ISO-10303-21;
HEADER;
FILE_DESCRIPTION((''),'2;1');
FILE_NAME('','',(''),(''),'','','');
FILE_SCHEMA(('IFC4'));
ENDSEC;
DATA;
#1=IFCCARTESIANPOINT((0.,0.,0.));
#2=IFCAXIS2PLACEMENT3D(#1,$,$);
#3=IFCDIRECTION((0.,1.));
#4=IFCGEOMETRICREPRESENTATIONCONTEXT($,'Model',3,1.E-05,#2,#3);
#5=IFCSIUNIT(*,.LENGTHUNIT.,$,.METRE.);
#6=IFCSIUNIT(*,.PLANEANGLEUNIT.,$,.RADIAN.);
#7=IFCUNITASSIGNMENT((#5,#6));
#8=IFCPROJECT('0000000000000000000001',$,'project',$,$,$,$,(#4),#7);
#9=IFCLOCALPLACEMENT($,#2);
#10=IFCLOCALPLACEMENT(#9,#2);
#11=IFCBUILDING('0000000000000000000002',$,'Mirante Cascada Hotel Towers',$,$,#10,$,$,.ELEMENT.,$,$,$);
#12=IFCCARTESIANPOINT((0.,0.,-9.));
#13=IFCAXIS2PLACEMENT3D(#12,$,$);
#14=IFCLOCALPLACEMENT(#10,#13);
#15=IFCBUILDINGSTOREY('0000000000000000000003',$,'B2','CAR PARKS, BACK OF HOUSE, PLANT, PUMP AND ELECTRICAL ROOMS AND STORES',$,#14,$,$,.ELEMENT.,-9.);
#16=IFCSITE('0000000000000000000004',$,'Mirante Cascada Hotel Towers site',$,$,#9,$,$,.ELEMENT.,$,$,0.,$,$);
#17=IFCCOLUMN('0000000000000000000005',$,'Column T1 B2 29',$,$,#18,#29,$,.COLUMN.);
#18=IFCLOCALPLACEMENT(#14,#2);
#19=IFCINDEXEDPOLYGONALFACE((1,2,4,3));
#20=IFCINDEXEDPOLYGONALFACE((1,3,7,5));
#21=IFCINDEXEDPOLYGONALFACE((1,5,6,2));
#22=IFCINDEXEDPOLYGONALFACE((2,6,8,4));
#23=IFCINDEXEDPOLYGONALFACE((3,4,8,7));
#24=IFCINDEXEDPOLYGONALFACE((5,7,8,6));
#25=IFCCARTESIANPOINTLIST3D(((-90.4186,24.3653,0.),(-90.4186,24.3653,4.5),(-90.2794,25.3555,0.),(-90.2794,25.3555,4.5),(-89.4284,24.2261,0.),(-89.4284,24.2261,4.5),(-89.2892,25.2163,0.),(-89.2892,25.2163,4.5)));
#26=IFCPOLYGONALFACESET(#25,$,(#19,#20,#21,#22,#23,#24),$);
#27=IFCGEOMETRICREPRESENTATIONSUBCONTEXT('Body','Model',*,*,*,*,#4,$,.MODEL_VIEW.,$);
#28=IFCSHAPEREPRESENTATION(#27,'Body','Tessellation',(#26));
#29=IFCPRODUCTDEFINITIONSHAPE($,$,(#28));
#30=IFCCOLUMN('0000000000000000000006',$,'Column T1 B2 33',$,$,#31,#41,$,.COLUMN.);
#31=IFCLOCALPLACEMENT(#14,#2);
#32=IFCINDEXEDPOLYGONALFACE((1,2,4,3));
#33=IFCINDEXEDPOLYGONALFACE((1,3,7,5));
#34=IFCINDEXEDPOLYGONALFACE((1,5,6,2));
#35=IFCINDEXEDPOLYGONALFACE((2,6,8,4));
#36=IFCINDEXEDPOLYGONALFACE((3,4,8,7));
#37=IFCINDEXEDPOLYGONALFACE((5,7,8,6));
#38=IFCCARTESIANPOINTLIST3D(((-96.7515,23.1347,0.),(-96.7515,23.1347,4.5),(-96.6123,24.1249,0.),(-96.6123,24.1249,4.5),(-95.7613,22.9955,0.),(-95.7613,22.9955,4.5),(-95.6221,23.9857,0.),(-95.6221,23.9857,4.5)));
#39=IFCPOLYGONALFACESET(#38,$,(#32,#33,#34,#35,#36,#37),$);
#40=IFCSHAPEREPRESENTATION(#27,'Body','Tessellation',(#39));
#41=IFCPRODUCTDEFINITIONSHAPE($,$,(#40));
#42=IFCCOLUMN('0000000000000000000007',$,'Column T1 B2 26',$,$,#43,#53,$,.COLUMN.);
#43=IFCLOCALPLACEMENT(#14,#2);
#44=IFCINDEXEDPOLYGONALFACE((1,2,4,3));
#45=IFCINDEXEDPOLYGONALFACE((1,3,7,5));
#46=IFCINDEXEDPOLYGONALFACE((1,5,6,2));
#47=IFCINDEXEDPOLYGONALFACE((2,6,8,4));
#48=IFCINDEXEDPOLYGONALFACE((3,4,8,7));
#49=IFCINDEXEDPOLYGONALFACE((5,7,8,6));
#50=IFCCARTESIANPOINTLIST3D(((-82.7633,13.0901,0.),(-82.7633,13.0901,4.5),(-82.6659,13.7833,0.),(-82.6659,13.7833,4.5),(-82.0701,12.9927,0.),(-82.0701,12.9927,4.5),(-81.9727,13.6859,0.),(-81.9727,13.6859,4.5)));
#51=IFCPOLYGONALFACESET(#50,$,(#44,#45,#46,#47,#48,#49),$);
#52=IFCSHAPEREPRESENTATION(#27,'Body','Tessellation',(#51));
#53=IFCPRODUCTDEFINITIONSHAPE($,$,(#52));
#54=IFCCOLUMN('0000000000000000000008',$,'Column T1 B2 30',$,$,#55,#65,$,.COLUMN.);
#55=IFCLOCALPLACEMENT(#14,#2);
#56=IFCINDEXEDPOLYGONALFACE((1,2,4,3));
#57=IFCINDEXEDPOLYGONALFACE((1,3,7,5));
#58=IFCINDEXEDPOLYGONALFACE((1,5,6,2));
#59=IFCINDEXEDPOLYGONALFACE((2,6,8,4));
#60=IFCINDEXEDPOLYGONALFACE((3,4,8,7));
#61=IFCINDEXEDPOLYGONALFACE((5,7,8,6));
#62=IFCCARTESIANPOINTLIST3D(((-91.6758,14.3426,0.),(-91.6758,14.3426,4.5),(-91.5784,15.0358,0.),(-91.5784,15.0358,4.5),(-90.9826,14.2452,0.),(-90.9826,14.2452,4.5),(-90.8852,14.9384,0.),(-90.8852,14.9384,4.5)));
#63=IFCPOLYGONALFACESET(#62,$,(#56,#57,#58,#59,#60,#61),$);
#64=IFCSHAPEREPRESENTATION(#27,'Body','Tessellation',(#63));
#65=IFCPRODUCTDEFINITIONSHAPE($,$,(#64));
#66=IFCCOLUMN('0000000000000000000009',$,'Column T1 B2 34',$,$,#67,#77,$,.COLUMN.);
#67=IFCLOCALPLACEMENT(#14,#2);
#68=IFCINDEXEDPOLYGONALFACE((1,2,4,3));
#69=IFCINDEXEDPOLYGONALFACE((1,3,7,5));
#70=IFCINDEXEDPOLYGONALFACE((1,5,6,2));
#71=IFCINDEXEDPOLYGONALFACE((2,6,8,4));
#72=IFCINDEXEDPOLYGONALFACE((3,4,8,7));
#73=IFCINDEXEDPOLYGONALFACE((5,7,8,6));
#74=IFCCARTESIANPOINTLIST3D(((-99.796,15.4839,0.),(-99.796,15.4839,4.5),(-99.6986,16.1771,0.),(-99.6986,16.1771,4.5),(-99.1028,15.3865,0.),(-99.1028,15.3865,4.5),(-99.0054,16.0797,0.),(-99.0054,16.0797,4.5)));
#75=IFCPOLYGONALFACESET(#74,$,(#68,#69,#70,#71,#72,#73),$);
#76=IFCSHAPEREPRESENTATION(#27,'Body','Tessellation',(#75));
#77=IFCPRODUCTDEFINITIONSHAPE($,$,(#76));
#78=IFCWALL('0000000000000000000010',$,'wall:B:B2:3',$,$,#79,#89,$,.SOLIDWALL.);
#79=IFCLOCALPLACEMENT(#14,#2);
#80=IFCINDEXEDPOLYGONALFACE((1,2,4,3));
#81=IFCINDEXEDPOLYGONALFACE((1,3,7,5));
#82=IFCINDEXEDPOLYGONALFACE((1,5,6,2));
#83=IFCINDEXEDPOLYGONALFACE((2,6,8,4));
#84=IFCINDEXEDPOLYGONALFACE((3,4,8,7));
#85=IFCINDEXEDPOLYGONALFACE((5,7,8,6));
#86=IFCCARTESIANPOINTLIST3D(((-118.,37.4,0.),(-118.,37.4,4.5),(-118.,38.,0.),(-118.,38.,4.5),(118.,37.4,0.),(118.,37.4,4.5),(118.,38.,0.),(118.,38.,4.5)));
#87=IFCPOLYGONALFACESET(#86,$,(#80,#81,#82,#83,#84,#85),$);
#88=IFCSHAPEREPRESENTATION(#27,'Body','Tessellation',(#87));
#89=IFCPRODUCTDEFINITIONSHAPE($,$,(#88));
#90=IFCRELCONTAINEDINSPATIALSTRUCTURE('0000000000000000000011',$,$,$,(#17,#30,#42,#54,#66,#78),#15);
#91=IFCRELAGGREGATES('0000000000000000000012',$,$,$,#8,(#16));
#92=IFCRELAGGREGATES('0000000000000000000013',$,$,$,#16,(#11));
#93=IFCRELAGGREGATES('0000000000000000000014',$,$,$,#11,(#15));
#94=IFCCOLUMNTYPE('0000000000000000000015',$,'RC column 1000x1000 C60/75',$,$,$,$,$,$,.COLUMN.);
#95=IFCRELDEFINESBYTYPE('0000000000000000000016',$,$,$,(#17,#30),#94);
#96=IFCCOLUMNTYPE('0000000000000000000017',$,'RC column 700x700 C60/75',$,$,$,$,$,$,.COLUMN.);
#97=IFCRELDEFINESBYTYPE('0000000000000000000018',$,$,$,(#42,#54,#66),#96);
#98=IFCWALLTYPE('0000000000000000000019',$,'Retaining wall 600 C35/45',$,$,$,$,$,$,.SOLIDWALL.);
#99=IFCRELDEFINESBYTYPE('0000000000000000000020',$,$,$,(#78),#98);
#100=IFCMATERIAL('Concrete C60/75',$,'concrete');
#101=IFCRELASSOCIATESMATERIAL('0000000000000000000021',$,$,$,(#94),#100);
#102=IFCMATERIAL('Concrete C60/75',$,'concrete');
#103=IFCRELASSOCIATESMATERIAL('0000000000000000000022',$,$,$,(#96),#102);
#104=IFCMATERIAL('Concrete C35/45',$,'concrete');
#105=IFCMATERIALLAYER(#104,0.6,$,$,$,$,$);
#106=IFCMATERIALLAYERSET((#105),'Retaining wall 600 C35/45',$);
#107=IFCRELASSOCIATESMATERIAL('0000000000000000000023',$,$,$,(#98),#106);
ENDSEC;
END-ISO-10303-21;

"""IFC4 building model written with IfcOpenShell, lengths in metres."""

from ifc_helpers import new_model, si_unit, direction, frame, frame_2d, origin, origin_2d, place, context, subcontext, project, spatial, rectangle, extrude, material, layer, layer_set, material_profile, profile_set, type_object, element, save


model = new_model("IFC4")

# Units and contexts
model_context = context("Model", 3, precision=1e-05, world=origin(), true_north=direction((0.0, 1.0)))
body_context = subcontext(model_context, "Body", "Model", "MODEL_VIEW")
ifc_project = project(units=[si_unit("LENGTHUNIT", "METRE"), si_unit("PLANEANGLEUNIT", "RADIAN")], contexts=[model_context])

# Site, building, storey
site_placement = place(None, origin())
site = spatial("IfcSite", under=ifc_project, at=site_placement, Name="Mirante Cascada Hotel Towers site", CompositionType="ELEMENT", RefElevation=0.0)
building_placement = place(site_placement, origin())
building = spatial("IfcBuilding", under=site, at=building_placement, Name="Mirante Cascada Hotel Towers", CompositionType="ELEMENT")
storey_placement = place(building_placement, frame((0.0, 0.0, -9.0)))
storey = spatial("IfcBuildingStorey", under=building, at=storey_placement, Name="B2", Description="CAR PARKS, BACK OF HOUSE, PLANT, PUMP AND ELECTRICAL ROOMS AND STORES", CompositionType="ELEMENT", Elevation=-9.0)

# Columns
ifc_material_1 = material(Name="Concrete C60/75", Category="concrete")
ifc_material_profile_1 = material_profile(ifc_material_1, rectangle(XDim=1.0, YDim=1.0, at=origin_2d()), Name="RC column 1000x1000 C60/75")
ifc_profile_set_1 = profile_set([ifc_material_profile_1], Name="Concrete C60/75")
column_type_1 = type_object("IfcColumnType", Name="RC column 1000x1000 C60/75", PredefinedType="COLUMN", material=ifc_profile_set_1)
for number, where, z_axis, x_axis, name in (
    (1, (-89.8539, 24.7908, 0.0), (0.0, 0.0, 1.0), (-0.990268, 0.139173, 0.0), "Column T1 B2 29"),
    (2, (-96.1868, 23.5602, 0.0), (0.0, 0.0, 1.0), (-0.990268, 0.139173, 0.0), "Column T1 B2 33"),
):
    element("IfcColumn", number, at=place(storey_placement, frame(where, z_axis=z_axis, x_axis=x_axis)), inside=storey, type_object=column_type_1, Name=name, PredefinedType="COLUMN", context=body_context, shape_type="SweptSolid", body=[
        extrude(rectangle(XDim=1.0, YDim=1.0, at=origin_2d()), origin(), (0.0, 0.0, 1.0), 4.5),
    ])
ifc_material_2 = material(Name="Concrete C60/75", Category="concrete")
ifc_material_profile_2 = material_profile(ifc_material_2, rectangle(XDim=0.7, YDim=0.7, at=origin_2d()), Name="RC column 700x700 C60/75")
ifc_profile_set_2 = profile_set([ifc_material_profile_2], Name="Concrete C60/75")
column_type_2 = type_object("IfcColumnType", Name="RC column 700x700 C60/75", PredefinedType="COLUMN", material=ifc_profile_set_2)
for number, where, z_axis, x_axis, name in (
    (3, (-82.368, 13.388, 0.0), (0.0, 0.0, 1.0), (-0.990268, 0.139173, 0.0), "Column T1 B2 26"),
    (4, (-91.2805, 14.6405, 0.0), (0.0, 0.0, 1.0), (-0.990268, 0.139173, 0.0), "Column T1 B2 30"),
    (5, (-99.4007, 15.7818, 0.0), (0.0, 0.0, 1.0), (-0.990268, 0.139173, 0.0), "Column T1 B2 34"),
):
    element("IfcColumn", number, at=place(storey_placement, frame(where, z_axis=z_axis, x_axis=x_axis)), inside=storey, type_object=column_type_2, Name=name, PredefinedType="COLUMN", context=body_context, shape_type="SweptSolid", body=[
        extrude(rectangle(XDim=0.7, YDim=0.7, at=origin_2d()), origin(), (0.0, 0.0, 1.0), 4.5),
    ])

# Wall
ifc_material_3 = material(Name="Concrete C35/45", Category="concrete")
ifc_layer = layer(ifc_material_3, 0.6)
ifc_layer_set = layer_set([ifc_layer], Name="Retaining wall 600 C35/45")
wall_type = type_object("IfcWallType", Name="Retaining wall 600 C35/45", PredefinedType="SOLIDWALL", material=ifc_layer_set)
wall_placement = place(storey_placement, frame((-118.0, 37.7, 0.0), z_axis=(0.0, 0.0, 1.0), x_axis=(1.0, 0.0, 0.0)))
element("IfcWall", 6, at=wall_placement, inside=storey, type_object=wall_type, Name="wall:B:B2:3", PredefinedType="SOLIDWALL", context=body_context, shape_type="SweptSolid", body=[
    extrude(rectangle(XDim=236.0, YDim=0.6, at=frame_2d((118.0, 0.0))), origin(), (0.0, 0.0, 1.0), 4.5),
])

save(model, "model.ifc")
